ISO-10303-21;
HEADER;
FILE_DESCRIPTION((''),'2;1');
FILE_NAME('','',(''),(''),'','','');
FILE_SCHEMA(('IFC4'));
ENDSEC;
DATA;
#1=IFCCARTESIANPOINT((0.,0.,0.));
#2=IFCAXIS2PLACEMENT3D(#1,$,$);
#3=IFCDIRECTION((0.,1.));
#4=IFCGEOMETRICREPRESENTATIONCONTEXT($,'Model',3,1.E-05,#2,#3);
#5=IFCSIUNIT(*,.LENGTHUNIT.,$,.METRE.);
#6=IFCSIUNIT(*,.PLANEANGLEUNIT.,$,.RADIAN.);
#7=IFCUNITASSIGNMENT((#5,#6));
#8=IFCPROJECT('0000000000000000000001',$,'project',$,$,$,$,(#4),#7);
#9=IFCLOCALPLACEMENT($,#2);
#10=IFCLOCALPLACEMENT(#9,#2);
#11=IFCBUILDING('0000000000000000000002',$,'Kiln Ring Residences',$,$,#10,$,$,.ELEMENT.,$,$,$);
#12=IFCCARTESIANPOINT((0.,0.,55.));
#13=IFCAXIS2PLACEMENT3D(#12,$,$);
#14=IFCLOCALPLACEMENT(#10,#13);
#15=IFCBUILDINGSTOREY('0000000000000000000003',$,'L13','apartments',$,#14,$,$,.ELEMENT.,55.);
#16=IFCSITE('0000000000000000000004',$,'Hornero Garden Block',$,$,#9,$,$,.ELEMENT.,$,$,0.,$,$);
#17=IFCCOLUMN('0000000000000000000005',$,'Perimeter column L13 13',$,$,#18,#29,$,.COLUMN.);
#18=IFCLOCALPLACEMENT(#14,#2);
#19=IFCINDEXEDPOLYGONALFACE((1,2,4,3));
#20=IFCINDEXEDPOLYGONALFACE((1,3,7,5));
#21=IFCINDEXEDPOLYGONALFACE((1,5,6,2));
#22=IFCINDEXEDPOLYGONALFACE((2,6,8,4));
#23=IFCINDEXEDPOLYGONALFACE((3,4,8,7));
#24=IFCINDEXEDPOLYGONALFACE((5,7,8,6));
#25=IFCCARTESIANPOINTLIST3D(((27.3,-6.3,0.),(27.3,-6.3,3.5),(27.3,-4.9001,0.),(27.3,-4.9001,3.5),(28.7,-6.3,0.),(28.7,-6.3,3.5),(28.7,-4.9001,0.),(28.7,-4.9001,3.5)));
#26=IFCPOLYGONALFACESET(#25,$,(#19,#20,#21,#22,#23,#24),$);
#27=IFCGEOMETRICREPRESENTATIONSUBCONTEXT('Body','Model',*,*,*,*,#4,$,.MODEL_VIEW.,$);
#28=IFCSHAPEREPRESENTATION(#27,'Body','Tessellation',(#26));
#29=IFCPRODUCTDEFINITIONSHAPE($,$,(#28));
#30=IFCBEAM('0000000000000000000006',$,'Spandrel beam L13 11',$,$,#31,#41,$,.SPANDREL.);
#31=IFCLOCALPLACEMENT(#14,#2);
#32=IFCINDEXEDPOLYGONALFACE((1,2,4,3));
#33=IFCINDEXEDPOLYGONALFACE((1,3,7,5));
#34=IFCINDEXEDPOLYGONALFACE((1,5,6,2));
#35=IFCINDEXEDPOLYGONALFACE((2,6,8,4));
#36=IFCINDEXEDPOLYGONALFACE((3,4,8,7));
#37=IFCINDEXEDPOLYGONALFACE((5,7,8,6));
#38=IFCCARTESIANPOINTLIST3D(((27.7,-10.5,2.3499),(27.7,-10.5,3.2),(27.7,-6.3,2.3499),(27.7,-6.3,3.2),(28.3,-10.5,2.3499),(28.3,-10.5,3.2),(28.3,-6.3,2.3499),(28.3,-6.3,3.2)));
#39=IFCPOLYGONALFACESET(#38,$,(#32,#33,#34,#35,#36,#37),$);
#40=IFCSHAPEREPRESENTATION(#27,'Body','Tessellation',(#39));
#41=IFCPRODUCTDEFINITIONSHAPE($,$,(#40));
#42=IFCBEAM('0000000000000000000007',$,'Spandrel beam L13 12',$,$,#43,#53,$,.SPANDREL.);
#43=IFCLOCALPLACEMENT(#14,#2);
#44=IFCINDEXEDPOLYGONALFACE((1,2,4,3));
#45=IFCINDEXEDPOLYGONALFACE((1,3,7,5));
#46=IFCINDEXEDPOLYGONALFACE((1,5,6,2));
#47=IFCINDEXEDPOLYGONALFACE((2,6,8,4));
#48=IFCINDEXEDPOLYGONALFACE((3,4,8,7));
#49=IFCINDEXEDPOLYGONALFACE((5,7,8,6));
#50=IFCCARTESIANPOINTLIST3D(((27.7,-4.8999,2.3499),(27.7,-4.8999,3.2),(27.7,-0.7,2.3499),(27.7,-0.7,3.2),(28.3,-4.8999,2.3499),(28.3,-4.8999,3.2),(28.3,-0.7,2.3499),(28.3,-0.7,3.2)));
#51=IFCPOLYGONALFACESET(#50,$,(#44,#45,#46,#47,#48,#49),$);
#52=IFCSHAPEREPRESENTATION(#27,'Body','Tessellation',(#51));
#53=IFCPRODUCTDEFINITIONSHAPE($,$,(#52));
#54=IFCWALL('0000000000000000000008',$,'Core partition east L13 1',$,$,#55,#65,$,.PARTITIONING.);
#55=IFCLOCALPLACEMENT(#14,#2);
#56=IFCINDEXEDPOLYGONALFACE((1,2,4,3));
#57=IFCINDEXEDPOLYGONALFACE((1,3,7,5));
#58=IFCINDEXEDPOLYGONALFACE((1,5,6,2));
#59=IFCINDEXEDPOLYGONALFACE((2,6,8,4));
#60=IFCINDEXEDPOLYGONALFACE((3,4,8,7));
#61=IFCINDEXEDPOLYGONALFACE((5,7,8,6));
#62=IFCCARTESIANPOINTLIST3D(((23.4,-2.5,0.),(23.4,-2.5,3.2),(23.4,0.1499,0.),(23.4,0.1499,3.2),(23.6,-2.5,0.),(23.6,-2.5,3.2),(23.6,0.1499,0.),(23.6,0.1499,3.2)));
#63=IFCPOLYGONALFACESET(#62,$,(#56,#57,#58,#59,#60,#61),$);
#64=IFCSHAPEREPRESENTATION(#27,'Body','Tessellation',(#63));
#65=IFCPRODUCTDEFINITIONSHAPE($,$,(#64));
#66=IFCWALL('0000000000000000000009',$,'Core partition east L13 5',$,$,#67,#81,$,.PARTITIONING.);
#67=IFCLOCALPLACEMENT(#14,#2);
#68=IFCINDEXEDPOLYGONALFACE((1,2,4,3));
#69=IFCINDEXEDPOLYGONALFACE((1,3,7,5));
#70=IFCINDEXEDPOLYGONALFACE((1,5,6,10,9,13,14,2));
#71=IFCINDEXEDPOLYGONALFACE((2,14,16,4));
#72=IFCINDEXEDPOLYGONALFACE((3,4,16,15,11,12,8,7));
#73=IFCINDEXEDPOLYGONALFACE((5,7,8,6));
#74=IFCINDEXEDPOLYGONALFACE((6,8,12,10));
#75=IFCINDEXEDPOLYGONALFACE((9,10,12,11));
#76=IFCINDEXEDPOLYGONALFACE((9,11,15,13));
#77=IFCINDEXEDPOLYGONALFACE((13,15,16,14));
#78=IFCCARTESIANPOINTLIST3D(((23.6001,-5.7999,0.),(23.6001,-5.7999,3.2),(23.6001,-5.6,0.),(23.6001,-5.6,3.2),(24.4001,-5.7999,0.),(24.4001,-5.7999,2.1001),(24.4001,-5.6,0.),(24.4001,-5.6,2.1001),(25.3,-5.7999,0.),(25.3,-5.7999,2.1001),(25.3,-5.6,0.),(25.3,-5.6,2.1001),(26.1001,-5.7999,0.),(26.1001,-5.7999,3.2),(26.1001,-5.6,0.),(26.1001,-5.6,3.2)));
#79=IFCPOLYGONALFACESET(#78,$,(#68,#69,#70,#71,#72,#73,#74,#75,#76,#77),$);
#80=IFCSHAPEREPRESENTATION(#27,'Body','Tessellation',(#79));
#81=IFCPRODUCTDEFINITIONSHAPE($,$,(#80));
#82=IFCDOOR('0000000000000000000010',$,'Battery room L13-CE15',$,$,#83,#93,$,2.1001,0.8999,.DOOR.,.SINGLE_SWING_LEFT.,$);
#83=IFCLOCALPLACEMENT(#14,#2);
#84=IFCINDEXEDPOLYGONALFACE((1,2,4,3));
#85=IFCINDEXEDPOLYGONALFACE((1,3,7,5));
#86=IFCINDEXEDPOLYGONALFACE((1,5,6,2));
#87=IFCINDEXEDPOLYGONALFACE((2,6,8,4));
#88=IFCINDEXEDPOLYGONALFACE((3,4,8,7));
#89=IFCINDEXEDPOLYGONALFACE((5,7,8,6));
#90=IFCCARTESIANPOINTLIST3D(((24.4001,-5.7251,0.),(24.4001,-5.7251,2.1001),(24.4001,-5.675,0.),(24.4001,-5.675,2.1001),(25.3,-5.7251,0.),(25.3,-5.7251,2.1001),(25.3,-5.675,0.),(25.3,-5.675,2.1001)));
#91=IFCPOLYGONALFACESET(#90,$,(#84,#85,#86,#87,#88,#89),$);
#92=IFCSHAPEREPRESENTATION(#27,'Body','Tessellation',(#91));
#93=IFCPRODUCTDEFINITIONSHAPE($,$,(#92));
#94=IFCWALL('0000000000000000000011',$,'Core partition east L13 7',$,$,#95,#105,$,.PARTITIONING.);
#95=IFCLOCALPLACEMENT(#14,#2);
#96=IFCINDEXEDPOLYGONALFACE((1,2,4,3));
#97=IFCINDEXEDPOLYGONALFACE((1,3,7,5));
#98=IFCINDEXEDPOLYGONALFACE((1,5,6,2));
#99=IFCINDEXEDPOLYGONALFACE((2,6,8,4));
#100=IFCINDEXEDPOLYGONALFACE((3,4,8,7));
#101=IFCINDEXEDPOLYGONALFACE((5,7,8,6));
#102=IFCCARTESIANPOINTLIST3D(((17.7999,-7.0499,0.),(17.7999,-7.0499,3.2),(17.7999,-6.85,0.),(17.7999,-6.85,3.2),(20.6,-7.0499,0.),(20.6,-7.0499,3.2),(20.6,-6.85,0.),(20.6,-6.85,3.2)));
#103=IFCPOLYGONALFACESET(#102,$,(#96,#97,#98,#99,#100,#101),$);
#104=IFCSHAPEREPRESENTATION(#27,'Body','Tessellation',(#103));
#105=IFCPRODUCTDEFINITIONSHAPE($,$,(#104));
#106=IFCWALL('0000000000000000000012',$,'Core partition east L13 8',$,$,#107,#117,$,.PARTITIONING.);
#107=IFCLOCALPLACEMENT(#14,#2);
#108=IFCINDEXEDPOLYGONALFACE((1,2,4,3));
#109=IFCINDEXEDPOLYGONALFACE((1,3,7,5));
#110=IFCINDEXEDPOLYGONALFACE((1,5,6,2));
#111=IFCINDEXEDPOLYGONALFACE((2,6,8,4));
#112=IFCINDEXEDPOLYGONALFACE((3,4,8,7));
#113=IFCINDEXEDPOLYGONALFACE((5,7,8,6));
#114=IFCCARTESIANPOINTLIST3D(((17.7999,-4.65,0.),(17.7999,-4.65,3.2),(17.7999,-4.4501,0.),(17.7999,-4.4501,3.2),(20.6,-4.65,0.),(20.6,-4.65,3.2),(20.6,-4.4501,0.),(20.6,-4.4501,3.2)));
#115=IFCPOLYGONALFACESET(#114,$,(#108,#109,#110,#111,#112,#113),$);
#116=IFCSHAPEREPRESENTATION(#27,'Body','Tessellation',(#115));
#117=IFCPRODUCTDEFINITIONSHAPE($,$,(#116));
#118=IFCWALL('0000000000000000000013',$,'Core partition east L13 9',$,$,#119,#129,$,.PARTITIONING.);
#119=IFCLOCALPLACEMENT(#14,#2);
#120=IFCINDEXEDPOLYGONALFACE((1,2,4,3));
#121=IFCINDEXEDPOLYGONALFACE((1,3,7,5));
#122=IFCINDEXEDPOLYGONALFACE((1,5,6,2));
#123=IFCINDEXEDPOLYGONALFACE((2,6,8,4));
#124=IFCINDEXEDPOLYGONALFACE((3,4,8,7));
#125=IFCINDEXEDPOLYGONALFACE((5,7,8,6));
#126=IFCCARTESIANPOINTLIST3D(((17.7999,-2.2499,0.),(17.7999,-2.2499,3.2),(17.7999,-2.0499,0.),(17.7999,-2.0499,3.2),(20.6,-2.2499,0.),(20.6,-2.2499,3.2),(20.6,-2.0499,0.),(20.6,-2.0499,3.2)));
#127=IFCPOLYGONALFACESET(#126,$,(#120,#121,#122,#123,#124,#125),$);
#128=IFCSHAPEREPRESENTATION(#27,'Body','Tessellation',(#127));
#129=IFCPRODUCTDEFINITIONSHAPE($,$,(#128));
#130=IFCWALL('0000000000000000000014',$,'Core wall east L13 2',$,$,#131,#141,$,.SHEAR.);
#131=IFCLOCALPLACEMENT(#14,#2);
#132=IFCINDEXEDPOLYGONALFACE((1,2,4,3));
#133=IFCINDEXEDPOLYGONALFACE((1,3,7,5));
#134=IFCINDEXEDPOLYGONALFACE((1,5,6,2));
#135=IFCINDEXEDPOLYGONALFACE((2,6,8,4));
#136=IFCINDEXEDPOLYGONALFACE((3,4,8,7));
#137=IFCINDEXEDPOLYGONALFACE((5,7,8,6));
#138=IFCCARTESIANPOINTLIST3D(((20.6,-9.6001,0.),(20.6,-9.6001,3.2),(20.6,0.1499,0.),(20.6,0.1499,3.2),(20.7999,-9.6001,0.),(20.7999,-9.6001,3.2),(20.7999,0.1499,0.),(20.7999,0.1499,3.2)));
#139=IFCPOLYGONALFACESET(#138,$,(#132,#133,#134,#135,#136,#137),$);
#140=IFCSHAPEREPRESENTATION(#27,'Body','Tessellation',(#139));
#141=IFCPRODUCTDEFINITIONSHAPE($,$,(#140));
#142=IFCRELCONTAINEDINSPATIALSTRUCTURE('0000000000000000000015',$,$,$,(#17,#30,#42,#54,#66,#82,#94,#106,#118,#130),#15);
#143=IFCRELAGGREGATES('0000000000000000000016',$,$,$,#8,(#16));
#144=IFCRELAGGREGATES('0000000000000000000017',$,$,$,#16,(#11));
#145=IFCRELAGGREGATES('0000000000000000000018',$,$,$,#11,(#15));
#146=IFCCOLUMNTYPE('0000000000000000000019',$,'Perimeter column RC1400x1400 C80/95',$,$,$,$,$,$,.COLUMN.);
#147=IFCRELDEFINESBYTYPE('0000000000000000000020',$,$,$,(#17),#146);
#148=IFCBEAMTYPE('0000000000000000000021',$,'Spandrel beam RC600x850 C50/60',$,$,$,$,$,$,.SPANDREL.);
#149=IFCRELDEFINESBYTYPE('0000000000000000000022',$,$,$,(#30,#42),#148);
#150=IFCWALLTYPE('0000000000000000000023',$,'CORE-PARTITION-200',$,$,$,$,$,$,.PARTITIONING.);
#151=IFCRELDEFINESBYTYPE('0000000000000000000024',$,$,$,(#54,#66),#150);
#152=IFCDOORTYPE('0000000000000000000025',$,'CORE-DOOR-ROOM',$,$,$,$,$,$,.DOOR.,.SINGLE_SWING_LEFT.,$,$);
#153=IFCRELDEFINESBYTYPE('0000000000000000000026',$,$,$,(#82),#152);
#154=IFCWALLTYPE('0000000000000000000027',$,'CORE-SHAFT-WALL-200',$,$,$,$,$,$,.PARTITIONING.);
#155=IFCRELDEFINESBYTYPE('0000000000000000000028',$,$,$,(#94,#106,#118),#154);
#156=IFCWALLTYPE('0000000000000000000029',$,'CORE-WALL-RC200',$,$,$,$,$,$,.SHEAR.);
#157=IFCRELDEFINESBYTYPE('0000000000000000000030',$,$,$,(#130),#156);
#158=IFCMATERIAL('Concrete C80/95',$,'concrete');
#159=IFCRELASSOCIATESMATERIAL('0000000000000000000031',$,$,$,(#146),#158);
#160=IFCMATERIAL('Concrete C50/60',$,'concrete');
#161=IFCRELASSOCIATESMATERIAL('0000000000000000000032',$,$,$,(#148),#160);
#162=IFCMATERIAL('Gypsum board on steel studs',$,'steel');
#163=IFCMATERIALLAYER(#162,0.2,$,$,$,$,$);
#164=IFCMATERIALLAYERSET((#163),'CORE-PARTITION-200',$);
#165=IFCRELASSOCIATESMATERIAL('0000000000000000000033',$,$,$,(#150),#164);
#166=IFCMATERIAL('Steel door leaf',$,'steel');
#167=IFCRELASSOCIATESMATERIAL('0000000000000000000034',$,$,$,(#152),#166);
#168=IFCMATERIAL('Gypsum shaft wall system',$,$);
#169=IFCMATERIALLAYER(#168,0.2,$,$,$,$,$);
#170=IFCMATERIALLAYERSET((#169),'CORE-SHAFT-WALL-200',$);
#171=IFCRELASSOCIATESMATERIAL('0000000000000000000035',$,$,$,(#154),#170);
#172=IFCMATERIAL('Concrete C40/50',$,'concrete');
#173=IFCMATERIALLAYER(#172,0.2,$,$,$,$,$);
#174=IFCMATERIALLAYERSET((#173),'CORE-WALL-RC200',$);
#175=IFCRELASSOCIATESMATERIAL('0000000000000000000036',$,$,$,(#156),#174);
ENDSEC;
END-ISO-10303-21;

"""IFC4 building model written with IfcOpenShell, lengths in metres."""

from ifc_helpers import new_model, si_unit, direction, frame, frame_2d, origin, origin_2d, place, context, subcontext, project, spatial, rectangle, extrude, material, layer, layer_set, material_profile, profile_set, type_object, element, fill, save


model = new_model("IFC4")

# Units and contexts
model_context = context("Model", 3, precision=1e-05, world=origin(), true_north=direction((0.0, 1.0)))
body_context = subcontext(model_context, "Body", "Model", "MODEL_VIEW")
ifc_project = project(units=[si_unit("LENGTHUNIT", "METRE"), si_unit("PLANEANGLEUNIT", "RADIAN")], contexts=[model_context])

# Site, building, storey
site_placement = place(None, origin())
site = spatial("IfcSite", under=ifc_project, at=site_placement, Name="Hornero Garden Block", CompositionType="ELEMENT", RefElevation=0.0)
building_placement = place(site_placement, origin())
building = spatial("IfcBuilding", under=site, at=building_placement, Name="Kiln Ring Residences", CompositionType="ELEMENT")
storey_placement = place(building_placement, frame((0.0, 0.0, 55.0)))
storey = spatial("IfcBuildingStorey", under=building, at=storey_placement, Name="L13", Description="apartments", CompositionType="ELEMENT", Elevation=55.0)

# Column
ifc_material_1 = material(Name="Concrete C80/95", Category="concrete")
ifc_material_profile_1 = material_profile(ifc_material_1, rectangle(XDim=1.3999, YDim=1.3999, at=origin_2d()), Name="RC1400x1400")
ifc_profile_set_1 = profile_set([ifc_material_profile_1], Name="Concrete C80/95")
column_type = type_object("IfcColumnType", Name="Perimeter column RC1400x1400 C80/95", PredefinedType="COLUMN", material=ifc_profile_set_1)
column_placement = place(storey_placement, frame((28.0, -5.6001, 0.0), z_axis=(0.0, 0.0, 1.0), x_axis=(1.0, 0.0, 0.0)))
element("IfcColumn", 1, at=column_placement, inside=storey, type_object=column_type, Name="Perimeter column L13 13", PredefinedType="COLUMN", context=body_context, shape_type="SweptSolid", body=[
    extrude(rectangle(XDim=1.3999, YDim=1.3999, at=origin_2d()), origin(), (0.0, 0.0, 1.0), 3.5),
])

# Beams
ifc_material_2 = material(Name="Concrete C50/60", Category="concrete")
ifc_material_profile_2 = material_profile(ifc_material_2, rectangle(XDim=0.6001, YDim=0.8501, at=origin_2d()), Name="RC600x850")
ifc_profile_set_2 = profile_set([ifc_material_profile_2], Name="Concrete C50/60")
beam_type = type_object("IfcBeamType", Name="Spandrel beam RC600x850 C50/60", PredefinedType="SPANDREL", material=ifc_profile_set_2)
for number, where, z_axis, x_axis, name in (
    (2, (28.0, -10.5, 2.7749), (0.0, 1.0, 0.0), (-1.0, 0.0, 0.0), "Spandrel beam L13 11"),
    (3, (28.0, -4.8999, 2.7749), (0.0, 1.0, 0.0), (-1.0, 0.0, 0.0), "Spandrel beam L13 12"),
):
    element("IfcBeam", number, at=place(storey_placement, frame(where, z_axis=z_axis, x_axis=x_axis)), inside=storey, type_object=beam_type, Name=name, PredefinedType="SPANDREL", context=body_context, shape_type="SweptSolid", body=[
        extrude(rectangle(XDim=0.6001, YDim=0.8501, at=origin_2d()), origin(), (0.0, 0.0, 1.0), 4.2),
    ])

# Wall
ifc_material_3 = material(Name="Gypsum board on steel studs", Category="steel")
ifc_layer_1 = layer(ifc_material_3, 0.2)
ifc_layer_set_1 = layer_set([ifc_layer_1], Name="CORE-PARTITION-200")
wall_type_1 = type_object("IfcWallType", Name="CORE-PARTITION-200", PredefinedType="PARTITIONING", material=ifc_layer_set_1)
wall_1_placement = place(storey_placement, frame((23.5, -2.5, 0.0), z_axis=(0.0, 0.0, 1.0), x_axis=(0.0, 1.0, 0.0)))
element("IfcWall", 4, at=wall_1_placement, inside=storey, type_object=wall_type_1, Name="Core partition east L13 1", PredefinedType="PARTITIONING", context=body_context, shape_type="SweptSolid", body=[
    extrude(rectangle(XDim=2.6499, YDim=0.2, at=frame_2d((1.325, 0.0))), origin(), (0.0, 0.0, 1.0), 3.2),
])

# Wall, opening, door
wall_2_placement = place(storey_placement, frame((23.6001, -5.7, 0.0), z_axis=(0.0, 0.0, 1.0), x_axis=(1.0, 0.0, 0.0)))
wall_2 = element("IfcWall", 5, at=wall_2_placement, inside=storey, type_object=wall_type_1, Name="Core partition east L13 5", PredefinedType="PARTITIONING", context=body_context, shape_type="SweptSolid", body=[
    extrude(rectangle(XDim=2.5, YDim=0.2, at=frame_2d((1.25, 0.0))), origin(), (0.0, 0.0, 1.0), 3.2),
])
opening_1_placement = place(wall_2_placement, frame((0.8, 0.0, 0.0)))
opening_1 = element("IfcOpeningElement", 6, at=opening_1_placement, cuts=wall_2, PredefinedType="OPENING", context=body_context, shape_type="SweptSolid", body=[
    extrude(rectangle(XDim=0.8999, YDim=2.1001, at=frame_2d((0.45, 1.05))), frame((0.0, 0.1099, 0.0), z_axis=(0.0, -1.0, 0.0), x_axis=(1.0, 0.0, 0.0)), (0.0, 0.0, 1.0), 0.22),
])
ifc_material_4 = material(Name="Steel door leaf", Category="steel")
door_type_1 = type_object("IfcDoorType", Name="CORE-DOOR-ROOM", OperationType="SINGLE_SWING_LEFT", PredefinedType="DOOR", material=ifc_material_4)
door_1_placement = place(opening_1_placement, origin())
door_1 = element("IfcDoor", 7, at=door_1_placement, inside=storey, type_object=door_type_1, Name="Battery room L13-CE15", OperationType="SINGLE_SWING_LEFT", OverallHeight=2.1001, OverallWidth=0.8999, PredefinedType="DOOR", context=body_context, shape_type="SweptSolid", body=[
    extrude(rectangle(XDim=0.8999, YDim=2.1001, at=frame_2d((0.45, 1.05))), frame((0.0, 0.0249, 0.0), z_axis=(0.0, -1.0, 0.0), x_axis=(1.0, 0.0, 0.0)), (0.0, 0.0, 1.0), 0.05),
])
fill(opening_1, door_1)

# Walls
ifc_material_5 = material(Name="Gypsum shaft wall system")
ifc_layer_2 = layer(ifc_material_5, 0.2)
ifc_layer_set_2 = layer_set([ifc_layer_2], Name="CORE-SHAFT-WALL-200")
wall_type_2 = type_object("IfcWallType", Name="CORE-SHAFT-WALL-200", PredefinedType="PARTITIONING", material=ifc_layer_set_2)
for number, where, z_axis, x_axis, name in (
    (8, (17.8, -6.95, 0.0), (0.0, 0.0, 1.0), (1.0, 0.0, 0.0), "Core partition east L13 7"),
    (9, (17.8, -4.55, 0.0), (0.0, 0.0, 1.0), (1.0, 0.0, 0.0), "Core partition east L13 8"),
    (10, (17.8, -2.1499, 0.0), (0.0, 0.0, 1.0), (1.0, 0.0, 0.0), "Core partition east L13 9"),
):
    element("IfcWall", number, at=place(storey_placement, frame(where, z_axis=z_axis, x_axis=x_axis)), inside=storey, type_object=wall_type_2, Name=name, PredefinedType="PARTITIONING", context=body_context, shape_type="SweptSolid", body=[
        extrude(rectangle(XDim=2.8, YDim=0.2, at=frame_2d((1.3999, 0.0))), origin(), (0.0, 0.0, 1.0), 3.2),
    ])
ifc_material_6 = material(Name="Concrete C40/50", Category="concrete")
ifc_layer_3 = layer(ifc_material_6, 0.2)
ifc_layer_set_3 = layer_set([ifc_layer_3], Name="CORE-WALL-RC200")
wall_type_3 = type_object("IfcWallType", Name="CORE-WALL-RC200", PredefinedType="SHEAR", material=ifc_layer_set_3)
wall_3_placement = place(storey_placement, frame((20.7, -9.6001, 0.0), z_axis=(0.0, 0.0, 1.0), x_axis=(0.0, 1.0, 0.0)))
element("IfcWall", 11, at=wall_3_placement, inside=storey, type_object=wall_type_3, Name="Core wall east L13 2", PredefinedType="SHEAR", context=body_context, shape_type="SweptSolid", body=[
    extrude(rectangle(XDim=9.75, YDim=0.2, at=frame_2d((4.875, 0.0))), origin(), (0.0, 0.0, 1.0), 3.2),
])

save(model, "model.ifc")
